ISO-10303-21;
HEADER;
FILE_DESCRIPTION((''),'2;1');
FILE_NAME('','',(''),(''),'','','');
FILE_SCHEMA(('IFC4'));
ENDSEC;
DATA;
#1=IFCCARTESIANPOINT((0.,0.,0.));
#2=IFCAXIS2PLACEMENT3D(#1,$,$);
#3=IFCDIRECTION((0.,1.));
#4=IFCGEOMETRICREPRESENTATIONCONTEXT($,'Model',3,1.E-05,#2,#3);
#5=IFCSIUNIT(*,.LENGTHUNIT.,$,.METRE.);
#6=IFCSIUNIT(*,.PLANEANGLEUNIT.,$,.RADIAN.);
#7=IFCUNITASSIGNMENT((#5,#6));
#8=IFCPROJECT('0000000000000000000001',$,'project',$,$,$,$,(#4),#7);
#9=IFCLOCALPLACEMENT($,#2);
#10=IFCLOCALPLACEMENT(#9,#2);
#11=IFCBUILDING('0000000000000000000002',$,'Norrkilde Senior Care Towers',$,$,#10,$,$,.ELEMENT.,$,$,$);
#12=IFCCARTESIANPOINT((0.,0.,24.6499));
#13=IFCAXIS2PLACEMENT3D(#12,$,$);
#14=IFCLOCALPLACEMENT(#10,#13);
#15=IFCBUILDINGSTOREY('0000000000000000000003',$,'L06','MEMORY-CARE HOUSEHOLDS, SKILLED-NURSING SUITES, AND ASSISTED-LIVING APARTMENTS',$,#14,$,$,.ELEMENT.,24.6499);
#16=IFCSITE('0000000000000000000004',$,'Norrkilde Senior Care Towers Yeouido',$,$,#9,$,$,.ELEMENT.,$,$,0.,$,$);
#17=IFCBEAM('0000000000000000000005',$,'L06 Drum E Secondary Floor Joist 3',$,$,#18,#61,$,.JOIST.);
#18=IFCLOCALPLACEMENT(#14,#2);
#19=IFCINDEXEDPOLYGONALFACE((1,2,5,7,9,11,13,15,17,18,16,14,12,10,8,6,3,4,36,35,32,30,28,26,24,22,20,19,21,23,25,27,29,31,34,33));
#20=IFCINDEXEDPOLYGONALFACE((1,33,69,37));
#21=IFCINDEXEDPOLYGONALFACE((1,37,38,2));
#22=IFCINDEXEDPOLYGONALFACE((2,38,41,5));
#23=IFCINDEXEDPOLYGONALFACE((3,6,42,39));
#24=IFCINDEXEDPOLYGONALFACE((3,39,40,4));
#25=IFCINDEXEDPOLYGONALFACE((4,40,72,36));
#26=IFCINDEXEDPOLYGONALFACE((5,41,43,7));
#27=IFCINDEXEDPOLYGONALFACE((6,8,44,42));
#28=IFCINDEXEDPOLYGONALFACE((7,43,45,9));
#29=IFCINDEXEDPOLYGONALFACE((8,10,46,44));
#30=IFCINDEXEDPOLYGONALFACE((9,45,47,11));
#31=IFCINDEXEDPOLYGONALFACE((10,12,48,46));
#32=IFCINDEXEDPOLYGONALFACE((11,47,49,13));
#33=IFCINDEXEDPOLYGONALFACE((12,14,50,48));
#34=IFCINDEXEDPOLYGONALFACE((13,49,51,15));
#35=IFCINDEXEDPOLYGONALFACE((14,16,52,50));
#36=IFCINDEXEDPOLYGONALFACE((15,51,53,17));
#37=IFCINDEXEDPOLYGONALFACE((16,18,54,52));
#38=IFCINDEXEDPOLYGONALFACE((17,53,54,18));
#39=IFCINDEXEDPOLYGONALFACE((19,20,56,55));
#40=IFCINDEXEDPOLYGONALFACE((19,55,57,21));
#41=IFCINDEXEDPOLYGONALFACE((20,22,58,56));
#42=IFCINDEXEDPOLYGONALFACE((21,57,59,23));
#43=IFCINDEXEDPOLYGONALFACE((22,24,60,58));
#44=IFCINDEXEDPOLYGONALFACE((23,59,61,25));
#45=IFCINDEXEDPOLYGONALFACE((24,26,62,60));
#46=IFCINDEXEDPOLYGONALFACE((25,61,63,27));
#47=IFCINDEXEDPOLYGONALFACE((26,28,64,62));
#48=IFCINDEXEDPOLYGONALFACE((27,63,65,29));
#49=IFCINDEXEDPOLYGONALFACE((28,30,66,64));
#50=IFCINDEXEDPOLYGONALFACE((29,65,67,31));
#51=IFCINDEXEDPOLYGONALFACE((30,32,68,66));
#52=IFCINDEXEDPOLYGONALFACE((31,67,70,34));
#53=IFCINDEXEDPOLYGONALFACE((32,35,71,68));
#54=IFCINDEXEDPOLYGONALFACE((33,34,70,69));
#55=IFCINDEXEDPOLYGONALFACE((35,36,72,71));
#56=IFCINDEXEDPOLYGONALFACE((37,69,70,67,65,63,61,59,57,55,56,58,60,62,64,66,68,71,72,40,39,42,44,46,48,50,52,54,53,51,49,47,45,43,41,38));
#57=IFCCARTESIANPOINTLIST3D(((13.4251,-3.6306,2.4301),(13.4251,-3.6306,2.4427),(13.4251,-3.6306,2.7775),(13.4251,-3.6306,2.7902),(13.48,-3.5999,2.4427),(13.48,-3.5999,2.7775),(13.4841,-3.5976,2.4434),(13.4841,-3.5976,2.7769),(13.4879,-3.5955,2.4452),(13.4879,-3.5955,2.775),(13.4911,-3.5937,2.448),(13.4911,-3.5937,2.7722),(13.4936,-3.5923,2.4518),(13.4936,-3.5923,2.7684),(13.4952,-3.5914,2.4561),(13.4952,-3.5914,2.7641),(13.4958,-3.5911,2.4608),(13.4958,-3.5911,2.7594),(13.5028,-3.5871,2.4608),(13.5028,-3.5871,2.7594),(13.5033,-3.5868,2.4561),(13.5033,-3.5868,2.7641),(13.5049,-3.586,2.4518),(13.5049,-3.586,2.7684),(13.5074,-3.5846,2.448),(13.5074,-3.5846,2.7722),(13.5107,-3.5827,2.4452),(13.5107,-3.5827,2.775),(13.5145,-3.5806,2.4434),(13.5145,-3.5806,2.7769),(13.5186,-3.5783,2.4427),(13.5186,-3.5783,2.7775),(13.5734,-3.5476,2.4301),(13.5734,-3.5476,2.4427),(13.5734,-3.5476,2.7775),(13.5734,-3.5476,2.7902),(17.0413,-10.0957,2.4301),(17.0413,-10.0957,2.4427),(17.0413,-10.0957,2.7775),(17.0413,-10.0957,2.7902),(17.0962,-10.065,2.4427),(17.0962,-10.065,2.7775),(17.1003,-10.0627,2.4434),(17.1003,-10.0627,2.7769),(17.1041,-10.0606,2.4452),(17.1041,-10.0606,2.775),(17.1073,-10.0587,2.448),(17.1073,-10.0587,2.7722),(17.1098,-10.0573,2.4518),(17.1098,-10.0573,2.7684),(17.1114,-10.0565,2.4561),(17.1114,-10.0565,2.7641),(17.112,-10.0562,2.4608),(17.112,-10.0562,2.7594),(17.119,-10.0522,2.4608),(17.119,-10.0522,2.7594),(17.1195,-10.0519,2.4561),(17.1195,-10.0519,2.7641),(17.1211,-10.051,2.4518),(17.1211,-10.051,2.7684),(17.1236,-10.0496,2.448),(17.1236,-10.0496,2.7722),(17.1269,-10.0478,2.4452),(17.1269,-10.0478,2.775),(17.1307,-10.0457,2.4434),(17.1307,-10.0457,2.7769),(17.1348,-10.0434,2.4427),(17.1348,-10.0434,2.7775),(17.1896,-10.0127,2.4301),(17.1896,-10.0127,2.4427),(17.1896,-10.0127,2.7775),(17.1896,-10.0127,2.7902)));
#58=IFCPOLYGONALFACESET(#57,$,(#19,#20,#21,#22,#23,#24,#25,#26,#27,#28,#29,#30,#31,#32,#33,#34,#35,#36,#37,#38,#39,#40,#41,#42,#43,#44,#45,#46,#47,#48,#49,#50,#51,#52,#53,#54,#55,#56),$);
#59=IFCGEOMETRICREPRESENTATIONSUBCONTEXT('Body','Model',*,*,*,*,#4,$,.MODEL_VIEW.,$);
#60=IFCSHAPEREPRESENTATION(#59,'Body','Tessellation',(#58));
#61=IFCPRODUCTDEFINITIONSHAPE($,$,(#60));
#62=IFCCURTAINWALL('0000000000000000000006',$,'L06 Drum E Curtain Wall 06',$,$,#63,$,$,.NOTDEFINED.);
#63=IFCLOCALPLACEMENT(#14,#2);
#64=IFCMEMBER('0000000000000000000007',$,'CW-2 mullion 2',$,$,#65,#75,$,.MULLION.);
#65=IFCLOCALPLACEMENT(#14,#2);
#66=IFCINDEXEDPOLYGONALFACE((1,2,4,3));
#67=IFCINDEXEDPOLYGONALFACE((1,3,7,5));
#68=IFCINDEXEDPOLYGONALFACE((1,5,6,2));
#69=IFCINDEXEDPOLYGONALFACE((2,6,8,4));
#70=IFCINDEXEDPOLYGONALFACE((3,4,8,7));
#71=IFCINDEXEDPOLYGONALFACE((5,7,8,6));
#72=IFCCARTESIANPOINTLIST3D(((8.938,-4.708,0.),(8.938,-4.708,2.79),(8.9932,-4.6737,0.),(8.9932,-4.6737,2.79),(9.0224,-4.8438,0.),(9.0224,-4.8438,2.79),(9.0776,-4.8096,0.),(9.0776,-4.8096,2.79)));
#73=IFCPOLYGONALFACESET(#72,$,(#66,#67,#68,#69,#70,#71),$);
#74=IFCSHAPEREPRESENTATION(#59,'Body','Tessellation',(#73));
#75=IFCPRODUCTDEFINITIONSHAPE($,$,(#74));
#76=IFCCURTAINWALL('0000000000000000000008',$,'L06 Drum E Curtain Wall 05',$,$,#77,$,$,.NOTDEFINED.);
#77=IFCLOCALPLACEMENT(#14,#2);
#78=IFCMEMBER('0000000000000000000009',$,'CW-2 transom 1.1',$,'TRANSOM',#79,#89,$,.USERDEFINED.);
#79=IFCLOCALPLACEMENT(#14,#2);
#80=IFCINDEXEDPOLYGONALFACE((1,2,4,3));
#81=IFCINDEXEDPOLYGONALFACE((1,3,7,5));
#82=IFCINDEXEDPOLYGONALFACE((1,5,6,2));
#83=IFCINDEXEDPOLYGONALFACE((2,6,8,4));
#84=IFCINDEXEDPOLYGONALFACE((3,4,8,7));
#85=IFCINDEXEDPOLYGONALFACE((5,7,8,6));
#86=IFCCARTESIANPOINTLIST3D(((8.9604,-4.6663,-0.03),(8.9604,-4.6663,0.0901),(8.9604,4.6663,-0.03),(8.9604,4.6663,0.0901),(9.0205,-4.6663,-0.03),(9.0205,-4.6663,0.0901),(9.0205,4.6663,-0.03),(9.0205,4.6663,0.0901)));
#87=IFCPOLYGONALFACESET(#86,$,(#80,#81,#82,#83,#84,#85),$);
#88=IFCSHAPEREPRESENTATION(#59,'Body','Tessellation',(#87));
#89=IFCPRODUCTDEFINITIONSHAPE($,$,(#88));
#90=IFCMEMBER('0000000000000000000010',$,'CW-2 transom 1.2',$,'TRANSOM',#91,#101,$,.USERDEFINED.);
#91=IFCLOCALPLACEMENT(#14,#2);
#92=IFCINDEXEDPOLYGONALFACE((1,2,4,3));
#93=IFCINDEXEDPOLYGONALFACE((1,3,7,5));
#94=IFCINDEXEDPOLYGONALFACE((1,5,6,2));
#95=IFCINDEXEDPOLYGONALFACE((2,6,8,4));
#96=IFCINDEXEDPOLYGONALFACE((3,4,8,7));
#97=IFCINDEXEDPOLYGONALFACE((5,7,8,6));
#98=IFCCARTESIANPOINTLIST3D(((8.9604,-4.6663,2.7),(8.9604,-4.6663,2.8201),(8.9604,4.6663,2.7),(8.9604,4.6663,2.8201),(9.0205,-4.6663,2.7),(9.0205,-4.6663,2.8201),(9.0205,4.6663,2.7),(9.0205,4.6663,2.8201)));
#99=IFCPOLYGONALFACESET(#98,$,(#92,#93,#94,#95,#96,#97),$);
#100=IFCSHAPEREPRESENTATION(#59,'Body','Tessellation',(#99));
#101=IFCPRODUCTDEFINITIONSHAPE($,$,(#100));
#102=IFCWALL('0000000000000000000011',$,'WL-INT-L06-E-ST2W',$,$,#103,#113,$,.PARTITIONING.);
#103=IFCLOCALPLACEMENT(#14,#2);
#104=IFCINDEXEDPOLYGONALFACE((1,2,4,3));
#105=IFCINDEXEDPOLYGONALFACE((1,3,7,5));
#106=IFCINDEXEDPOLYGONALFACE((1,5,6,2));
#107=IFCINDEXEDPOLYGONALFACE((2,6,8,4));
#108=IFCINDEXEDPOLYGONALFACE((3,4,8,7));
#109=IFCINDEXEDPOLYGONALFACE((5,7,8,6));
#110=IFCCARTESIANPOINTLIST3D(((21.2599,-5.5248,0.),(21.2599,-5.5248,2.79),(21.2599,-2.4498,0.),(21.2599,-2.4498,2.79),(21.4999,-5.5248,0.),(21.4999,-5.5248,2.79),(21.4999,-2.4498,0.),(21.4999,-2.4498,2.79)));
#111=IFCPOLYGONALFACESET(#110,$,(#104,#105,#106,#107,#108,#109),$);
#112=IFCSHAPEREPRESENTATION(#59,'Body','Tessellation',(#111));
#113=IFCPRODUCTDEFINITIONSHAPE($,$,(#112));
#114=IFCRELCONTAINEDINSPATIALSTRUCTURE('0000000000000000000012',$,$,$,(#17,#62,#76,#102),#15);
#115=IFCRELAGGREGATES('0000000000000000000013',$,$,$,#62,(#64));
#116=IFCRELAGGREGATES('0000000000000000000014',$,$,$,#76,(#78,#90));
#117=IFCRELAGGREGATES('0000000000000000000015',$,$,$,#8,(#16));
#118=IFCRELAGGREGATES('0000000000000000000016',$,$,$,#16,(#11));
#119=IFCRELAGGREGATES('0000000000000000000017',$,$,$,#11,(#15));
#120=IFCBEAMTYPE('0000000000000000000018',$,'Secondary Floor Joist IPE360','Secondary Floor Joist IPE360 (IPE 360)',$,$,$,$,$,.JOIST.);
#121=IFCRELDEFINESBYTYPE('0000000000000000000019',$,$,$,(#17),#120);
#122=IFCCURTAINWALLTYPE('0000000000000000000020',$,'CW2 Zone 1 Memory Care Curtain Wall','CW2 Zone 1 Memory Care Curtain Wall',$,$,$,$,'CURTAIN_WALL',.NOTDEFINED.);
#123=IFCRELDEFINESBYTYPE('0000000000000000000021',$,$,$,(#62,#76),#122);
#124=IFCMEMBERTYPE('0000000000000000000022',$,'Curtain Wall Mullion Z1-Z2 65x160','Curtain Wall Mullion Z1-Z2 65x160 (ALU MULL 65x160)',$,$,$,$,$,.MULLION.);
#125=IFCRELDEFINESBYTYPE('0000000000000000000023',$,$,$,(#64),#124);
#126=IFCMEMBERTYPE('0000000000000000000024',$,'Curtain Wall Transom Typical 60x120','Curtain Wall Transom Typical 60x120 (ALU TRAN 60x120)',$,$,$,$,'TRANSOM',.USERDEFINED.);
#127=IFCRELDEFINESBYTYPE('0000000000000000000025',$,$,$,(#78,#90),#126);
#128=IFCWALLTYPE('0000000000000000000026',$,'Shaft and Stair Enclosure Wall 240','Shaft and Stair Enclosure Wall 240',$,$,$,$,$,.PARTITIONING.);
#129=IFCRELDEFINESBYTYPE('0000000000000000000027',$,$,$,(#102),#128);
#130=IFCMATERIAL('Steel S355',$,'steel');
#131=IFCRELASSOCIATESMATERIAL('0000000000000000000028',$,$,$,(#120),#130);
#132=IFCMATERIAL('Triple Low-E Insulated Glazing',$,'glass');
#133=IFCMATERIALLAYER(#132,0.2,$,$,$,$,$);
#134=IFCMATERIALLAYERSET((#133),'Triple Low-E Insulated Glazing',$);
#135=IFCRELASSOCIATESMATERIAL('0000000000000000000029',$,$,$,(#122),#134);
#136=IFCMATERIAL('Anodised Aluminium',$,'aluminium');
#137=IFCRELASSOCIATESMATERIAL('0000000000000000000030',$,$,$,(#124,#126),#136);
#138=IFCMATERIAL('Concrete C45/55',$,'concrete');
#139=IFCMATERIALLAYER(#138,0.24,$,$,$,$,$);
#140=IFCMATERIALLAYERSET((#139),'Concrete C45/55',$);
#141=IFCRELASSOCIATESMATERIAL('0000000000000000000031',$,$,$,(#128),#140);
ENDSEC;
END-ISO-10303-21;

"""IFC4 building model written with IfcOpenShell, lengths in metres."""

from ifc_helpers import new_model, si_unit, direction, frame, frame_2d, origin, origin_2d, place, context, subcontext, project, spatial, rectangle, i_section, extrude, source, transform, mapped, material, layer, layer_set, material_profile, profile_set, type_object, type_shapes, element, aggregate, save


model = new_model("IFC4")

# Units and contexts
model_context = context("Model", 3, precision=1e-05, world=origin(), true_north=direction((0.0, 1.0)))
body_context = subcontext(model_context, "Body", "Model", "MODEL_VIEW")
ifc_project = project(units=[si_unit("LENGTHUNIT", "METRE"), si_unit("PLANEANGLEUNIT", "RADIAN")], contexts=[model_context])

# Site, building, storey
site_placement = place(None, origin())
site = spatial("IfcSite", under=ifc_project, at=site_placement, Name="Norrkilde Senior Care Towers Yeouido", CompositionType="ELEMENT", RefElevation=0.0)
building_placement = place(site_placement, origin())
building = spatial("IfcBuilding", under=site, at=building_placement, Name="Norrkilde Senior Care Towers", CompositionType="ELEMENT")
storey_placement = place(building_placement, frame((0.0, 0.0, 24.6499)))
storey = spatial("IfcBuildingStorey", under=building, at=storey_placement, Name="L06", Description="MEMORY-CARE HOUSEHOLDS, SKILLED-NURSING SUITES, AND ASSISTED-LIVING APARTMENTS", CompositionType="ELEMENT", Elevation=24.6499)

# Beam
ifc_material_1 = material(Name="Steel S355", Category="steel")
ifc_material_profile_1 = material_profile(ifc_material_1, i_section(OverallWidth=0.1699, OverallDepth=0.3601, WebThickness=0.0081, FlangeThickness=0.0127, FilletRadius=0.0181, at=origin_2d()), Name="IPE 360")
ifc_profile_set_1 = profile_set([ifc_material_profile_1], Name="Steel S355")
beam_type_1 = type_object("IfcBeamType", Name="Secondary Floor Joist IPE360", Description="Secondary Floor Joist IPE360 (IPE 360)", PredefinedType="JOIST", material=ifc_profile_set_1)
shared_shape_1 = source(origin(), body_context, "Body", "SweptSolid", [
    extrude(i_section(OverallWidth=0.1699, OverallDepth=0.3601, WebThickness=0.0081, FlangeThickness=0.0127, FilletRadius=0.0181, at=origin_2d()), origin(), (0.0, 0.0, 1.0), 7.4077),
])
type_shapes(beam_type_1, [shared_shape_1])
beam_1_placement = place(storey_placement, frame((13.4993, -3.5891, 2.6101), z_axis=(0.488168, -0.87275, 0.0), x_axis=(0.87275, 0.488168, 0.0)))
element("IfcBeam", 1, at=beam_1_placement, inside=storey, type_object=beam_type_1, Name="L06 Drum E Secondary Floor Joist 3", PredefinedType="JOIST", context=body_context, shape_type="MappedRepresentation", body=[
    mapped(shared_shape_1, transform((0.0, 0.0, 0.0), x_axis=(1.0, 0.0, 0.0), y_axis=(0.0, 1.0, 0.0), z_axis=(0.0, 0.0, 1.0), scale=1.0)),
])

# Curtain wall, member
ifc_material_2 = material(Name="Triple Low-E Insulated Glazing", Category="glass")
ifc_layer_1 = layer(ifc_material_2, 0.2)
ifc_layer_set_1 = layer_set([ifc_layer_1], Name="Triple Low-E Insulated Glazing")
curtain_wall_type = type_object("IfcCurtainWallType", Name="CW2 Zone 1 Memory Care Curtain Wall", Description="CW2 Zone 1 Memory Care Curtain Wall", ElementType="CURTAIN_WALL", PredefinedType="NOTDEFINED", material=ifc_layer_set_1)
curtain_wall_1_placement = place(storey_placement, origin())
curtain_wall_1 = element("IfcCurtainWall", 2, at=curtain_wall_1_placement, inside=storey, type_object=curtain_wall_type, Name="L06 Drum E Curtain Wall 06", PredefinedType="NOTDEFINED")
ifc_material_3 = material(Name="Anodised Aluminium", Category="aluminium")
ifc_material_profile_2 = material_profile(ifc_material_3, rectangle(XDim=0.0649, YDim=0.1599, at=origin_2d()), Name="ALU MULL 65x160")
ifc_profile_set_2 = profile_set([ifc_material_profile_2], Name="Anodised Aluminium")
member_type_1 = type_object("IfcMemberType", Name="Curtain Wall Mullion Z1-Z2 65x160", Description="Curtain Wall Mullion Z1-Z2 65x160 (ALU MULL 65x160)", PredefinedType="MULLION", material=ifc_profile_set_2)
shared_shape_2 = source(origin(), body_context, "Body", "SweptSolid", [
    extrude(rectangle(XDim=0.0649, YDim=0.1599, at=origin_2d()), origin(), (0.0, 0.0, 1.0), 2.79),
])
type_shapes(member_type_1, [shared_shape_2])
member_1_placement = place(storey_placement, frame((9.0078, -4.7588, 0.0), z_axis=(0.0, 0.0, 1.0), x_axis=(-0.849306, -0.527901, 0.0)))
member_1 = element("IfcMember", 3, at=member_1_placement, type_object=member_type_1, Name="CW-2 mullion 2", PredefinedType="MULLION", context=body_context, shape_type="MappedRepresentation", body=[
    mapped(shared_shape_2, transform((0.0, 0.0, 0.0), x_axis=(1.0, 0.0, 0.0), y_axis=(0.0, 1.0, 0.0), z_axis=(0.0, 0.0, 1.0), scale=1.0)),
])
aggregate(curtain_wall_1, [member_1])

# Curtain wall, members
curtain_wall_2_placement = place(storey_placement, origin())
curtain_wall_2 = element("IfcCurtainWall", 4, at=curtain_wall_2_placement, inside=storey, type_object=curtain_wall_type, Name="L06 Drum E Curtain Wall 05", PredefinedType="NOTDEFINED")
ifc_material_profile_3 = material_profile(ifc_material_3, rectangle(XDim=0.0601, YDim=0.1201, at=origin_2d()), Name="ALU TRAN 60x120")
ifc_profile_set_3 = profile_set([ifc_material_profile_3], Name="Anodised Aluminium")
member_type_2 = type_object("IfcMemberType", Name="Curtain Wall Transom Typical 60x120", Description="Curtain Wall Transom Typical 60x120 (ALU TRAN 60x120)", ElementType="TRANSOM", PredefinedType="USERDEFINED", material=ifc_profile_set_3)
shared_shape_3 = source(origin(), body_context, "Body", "SweptSolid", [
    extrude(rectangle(XDim=0.0601, YDim=0.1201, at=origin_2d()), origin(), (0.0, 0.0, 1.0), 9.3325),
])
type_shapes(member_type_2, [shared_shape_3])
member_2_placement = place(storey_placement, frame((8.9905, -4.6663, 0.03), z_axis=(0.0, 1.0, 0.0), x_axis=(-1.0, 0.0, 0.0)))
member_2 = element("IfcMember", 5, at=member_2_placement, type_object=member_type_2, Name="CW-2 transom 1.1", ObjectType="TRANSOM", PredefinedType="USERDEFINED", context=body_context, shape_type="MappedRepresentation", body=[
    mapped(shared_shape_3, transform((0.0, 0.0, 0.0), x_axis=(1.0, 0.0, 0.0), y_axis=(0.0, 1.0, 0.0), z_axis=(0.0, 0.0, 1.0), scale=1.0)),
])
member_3_placement = place(storey_placement, frame((8.9905, -4.6663, 2.76), z_axis=(0.0, 1.0, 0.0), x_axis=(-1.0, 0.0, 0.0)))
member_3 = element("IfcMember", 6, at=member_3_placement, type_object=member_type_2, Name="CW-2 transom 1.2", ObjectType="TRANSOM", PredefinedType="USERDEFINED", context=body_context, shape_type="MappedRepresentation", body=[
    mapped(shared_shape_3, transform((0.0, 0.0, 0.0), x_axis=(1.0, 0.0, 0.0), y_axis=(0.0, 1.0, 0.0), z_axis=(0.0, 0.0, 1.0), scale=1.0)),
])
aggregate(curtain_wall_2, [member_2, member_3])

# Shared definitions
ifc_material_4 = material(Name="Concrete C45/55", Category="concrete")
ifc_layer_2 = layer(ifc_material_4, 0.24)
ifc_layer_set_2 = layer_set([ifc_layer_2], Name="Concrete C45/55")
wall_type_1 = type_object("IfcWallType", Name="Shaft and Stair Enclosure Wall 240", Description="Shaft and Stair Enclosure Wall 240", PredefinedType="PARTITIONING", material=ifc_layer_set_2)

# Wall
shared_shape_4 = source(origin(), body_context, "Body", "SweptSolid", [
    extrude(rectangle(XDim=3.075, YDim=0.24, at=frame_2d((1.5376, 0.0))), origin(), (0.0, 0.0, 1.0), 2.79),
])
wall_1_placement = place(storey_placement, frame((21.3799, -5.5249, 0.0), z_axis=(0.0, 0.0, 1.0), x_axis=(0.0, 1.0, 0.0)))
element("IfcWall", 7, at=wall_1_placement, inside=storey, type_object=wall_type_1, Name="WL-INT-L06-E-ST2W", PredefinedType="PARTITIONING", context=body_context, shape_type="MappedRepresentation", body=[
    mapped(shared_shape_4, transform((0.0, 0.0, 0.0), x_axis=(1.0, 0.0, 0.0), y_axis=(0.0, 1.0, 0.0), z_axis=(0.0, 0.0, 1.0), scale=1.0)),
])

save(model, "model.ifc")
